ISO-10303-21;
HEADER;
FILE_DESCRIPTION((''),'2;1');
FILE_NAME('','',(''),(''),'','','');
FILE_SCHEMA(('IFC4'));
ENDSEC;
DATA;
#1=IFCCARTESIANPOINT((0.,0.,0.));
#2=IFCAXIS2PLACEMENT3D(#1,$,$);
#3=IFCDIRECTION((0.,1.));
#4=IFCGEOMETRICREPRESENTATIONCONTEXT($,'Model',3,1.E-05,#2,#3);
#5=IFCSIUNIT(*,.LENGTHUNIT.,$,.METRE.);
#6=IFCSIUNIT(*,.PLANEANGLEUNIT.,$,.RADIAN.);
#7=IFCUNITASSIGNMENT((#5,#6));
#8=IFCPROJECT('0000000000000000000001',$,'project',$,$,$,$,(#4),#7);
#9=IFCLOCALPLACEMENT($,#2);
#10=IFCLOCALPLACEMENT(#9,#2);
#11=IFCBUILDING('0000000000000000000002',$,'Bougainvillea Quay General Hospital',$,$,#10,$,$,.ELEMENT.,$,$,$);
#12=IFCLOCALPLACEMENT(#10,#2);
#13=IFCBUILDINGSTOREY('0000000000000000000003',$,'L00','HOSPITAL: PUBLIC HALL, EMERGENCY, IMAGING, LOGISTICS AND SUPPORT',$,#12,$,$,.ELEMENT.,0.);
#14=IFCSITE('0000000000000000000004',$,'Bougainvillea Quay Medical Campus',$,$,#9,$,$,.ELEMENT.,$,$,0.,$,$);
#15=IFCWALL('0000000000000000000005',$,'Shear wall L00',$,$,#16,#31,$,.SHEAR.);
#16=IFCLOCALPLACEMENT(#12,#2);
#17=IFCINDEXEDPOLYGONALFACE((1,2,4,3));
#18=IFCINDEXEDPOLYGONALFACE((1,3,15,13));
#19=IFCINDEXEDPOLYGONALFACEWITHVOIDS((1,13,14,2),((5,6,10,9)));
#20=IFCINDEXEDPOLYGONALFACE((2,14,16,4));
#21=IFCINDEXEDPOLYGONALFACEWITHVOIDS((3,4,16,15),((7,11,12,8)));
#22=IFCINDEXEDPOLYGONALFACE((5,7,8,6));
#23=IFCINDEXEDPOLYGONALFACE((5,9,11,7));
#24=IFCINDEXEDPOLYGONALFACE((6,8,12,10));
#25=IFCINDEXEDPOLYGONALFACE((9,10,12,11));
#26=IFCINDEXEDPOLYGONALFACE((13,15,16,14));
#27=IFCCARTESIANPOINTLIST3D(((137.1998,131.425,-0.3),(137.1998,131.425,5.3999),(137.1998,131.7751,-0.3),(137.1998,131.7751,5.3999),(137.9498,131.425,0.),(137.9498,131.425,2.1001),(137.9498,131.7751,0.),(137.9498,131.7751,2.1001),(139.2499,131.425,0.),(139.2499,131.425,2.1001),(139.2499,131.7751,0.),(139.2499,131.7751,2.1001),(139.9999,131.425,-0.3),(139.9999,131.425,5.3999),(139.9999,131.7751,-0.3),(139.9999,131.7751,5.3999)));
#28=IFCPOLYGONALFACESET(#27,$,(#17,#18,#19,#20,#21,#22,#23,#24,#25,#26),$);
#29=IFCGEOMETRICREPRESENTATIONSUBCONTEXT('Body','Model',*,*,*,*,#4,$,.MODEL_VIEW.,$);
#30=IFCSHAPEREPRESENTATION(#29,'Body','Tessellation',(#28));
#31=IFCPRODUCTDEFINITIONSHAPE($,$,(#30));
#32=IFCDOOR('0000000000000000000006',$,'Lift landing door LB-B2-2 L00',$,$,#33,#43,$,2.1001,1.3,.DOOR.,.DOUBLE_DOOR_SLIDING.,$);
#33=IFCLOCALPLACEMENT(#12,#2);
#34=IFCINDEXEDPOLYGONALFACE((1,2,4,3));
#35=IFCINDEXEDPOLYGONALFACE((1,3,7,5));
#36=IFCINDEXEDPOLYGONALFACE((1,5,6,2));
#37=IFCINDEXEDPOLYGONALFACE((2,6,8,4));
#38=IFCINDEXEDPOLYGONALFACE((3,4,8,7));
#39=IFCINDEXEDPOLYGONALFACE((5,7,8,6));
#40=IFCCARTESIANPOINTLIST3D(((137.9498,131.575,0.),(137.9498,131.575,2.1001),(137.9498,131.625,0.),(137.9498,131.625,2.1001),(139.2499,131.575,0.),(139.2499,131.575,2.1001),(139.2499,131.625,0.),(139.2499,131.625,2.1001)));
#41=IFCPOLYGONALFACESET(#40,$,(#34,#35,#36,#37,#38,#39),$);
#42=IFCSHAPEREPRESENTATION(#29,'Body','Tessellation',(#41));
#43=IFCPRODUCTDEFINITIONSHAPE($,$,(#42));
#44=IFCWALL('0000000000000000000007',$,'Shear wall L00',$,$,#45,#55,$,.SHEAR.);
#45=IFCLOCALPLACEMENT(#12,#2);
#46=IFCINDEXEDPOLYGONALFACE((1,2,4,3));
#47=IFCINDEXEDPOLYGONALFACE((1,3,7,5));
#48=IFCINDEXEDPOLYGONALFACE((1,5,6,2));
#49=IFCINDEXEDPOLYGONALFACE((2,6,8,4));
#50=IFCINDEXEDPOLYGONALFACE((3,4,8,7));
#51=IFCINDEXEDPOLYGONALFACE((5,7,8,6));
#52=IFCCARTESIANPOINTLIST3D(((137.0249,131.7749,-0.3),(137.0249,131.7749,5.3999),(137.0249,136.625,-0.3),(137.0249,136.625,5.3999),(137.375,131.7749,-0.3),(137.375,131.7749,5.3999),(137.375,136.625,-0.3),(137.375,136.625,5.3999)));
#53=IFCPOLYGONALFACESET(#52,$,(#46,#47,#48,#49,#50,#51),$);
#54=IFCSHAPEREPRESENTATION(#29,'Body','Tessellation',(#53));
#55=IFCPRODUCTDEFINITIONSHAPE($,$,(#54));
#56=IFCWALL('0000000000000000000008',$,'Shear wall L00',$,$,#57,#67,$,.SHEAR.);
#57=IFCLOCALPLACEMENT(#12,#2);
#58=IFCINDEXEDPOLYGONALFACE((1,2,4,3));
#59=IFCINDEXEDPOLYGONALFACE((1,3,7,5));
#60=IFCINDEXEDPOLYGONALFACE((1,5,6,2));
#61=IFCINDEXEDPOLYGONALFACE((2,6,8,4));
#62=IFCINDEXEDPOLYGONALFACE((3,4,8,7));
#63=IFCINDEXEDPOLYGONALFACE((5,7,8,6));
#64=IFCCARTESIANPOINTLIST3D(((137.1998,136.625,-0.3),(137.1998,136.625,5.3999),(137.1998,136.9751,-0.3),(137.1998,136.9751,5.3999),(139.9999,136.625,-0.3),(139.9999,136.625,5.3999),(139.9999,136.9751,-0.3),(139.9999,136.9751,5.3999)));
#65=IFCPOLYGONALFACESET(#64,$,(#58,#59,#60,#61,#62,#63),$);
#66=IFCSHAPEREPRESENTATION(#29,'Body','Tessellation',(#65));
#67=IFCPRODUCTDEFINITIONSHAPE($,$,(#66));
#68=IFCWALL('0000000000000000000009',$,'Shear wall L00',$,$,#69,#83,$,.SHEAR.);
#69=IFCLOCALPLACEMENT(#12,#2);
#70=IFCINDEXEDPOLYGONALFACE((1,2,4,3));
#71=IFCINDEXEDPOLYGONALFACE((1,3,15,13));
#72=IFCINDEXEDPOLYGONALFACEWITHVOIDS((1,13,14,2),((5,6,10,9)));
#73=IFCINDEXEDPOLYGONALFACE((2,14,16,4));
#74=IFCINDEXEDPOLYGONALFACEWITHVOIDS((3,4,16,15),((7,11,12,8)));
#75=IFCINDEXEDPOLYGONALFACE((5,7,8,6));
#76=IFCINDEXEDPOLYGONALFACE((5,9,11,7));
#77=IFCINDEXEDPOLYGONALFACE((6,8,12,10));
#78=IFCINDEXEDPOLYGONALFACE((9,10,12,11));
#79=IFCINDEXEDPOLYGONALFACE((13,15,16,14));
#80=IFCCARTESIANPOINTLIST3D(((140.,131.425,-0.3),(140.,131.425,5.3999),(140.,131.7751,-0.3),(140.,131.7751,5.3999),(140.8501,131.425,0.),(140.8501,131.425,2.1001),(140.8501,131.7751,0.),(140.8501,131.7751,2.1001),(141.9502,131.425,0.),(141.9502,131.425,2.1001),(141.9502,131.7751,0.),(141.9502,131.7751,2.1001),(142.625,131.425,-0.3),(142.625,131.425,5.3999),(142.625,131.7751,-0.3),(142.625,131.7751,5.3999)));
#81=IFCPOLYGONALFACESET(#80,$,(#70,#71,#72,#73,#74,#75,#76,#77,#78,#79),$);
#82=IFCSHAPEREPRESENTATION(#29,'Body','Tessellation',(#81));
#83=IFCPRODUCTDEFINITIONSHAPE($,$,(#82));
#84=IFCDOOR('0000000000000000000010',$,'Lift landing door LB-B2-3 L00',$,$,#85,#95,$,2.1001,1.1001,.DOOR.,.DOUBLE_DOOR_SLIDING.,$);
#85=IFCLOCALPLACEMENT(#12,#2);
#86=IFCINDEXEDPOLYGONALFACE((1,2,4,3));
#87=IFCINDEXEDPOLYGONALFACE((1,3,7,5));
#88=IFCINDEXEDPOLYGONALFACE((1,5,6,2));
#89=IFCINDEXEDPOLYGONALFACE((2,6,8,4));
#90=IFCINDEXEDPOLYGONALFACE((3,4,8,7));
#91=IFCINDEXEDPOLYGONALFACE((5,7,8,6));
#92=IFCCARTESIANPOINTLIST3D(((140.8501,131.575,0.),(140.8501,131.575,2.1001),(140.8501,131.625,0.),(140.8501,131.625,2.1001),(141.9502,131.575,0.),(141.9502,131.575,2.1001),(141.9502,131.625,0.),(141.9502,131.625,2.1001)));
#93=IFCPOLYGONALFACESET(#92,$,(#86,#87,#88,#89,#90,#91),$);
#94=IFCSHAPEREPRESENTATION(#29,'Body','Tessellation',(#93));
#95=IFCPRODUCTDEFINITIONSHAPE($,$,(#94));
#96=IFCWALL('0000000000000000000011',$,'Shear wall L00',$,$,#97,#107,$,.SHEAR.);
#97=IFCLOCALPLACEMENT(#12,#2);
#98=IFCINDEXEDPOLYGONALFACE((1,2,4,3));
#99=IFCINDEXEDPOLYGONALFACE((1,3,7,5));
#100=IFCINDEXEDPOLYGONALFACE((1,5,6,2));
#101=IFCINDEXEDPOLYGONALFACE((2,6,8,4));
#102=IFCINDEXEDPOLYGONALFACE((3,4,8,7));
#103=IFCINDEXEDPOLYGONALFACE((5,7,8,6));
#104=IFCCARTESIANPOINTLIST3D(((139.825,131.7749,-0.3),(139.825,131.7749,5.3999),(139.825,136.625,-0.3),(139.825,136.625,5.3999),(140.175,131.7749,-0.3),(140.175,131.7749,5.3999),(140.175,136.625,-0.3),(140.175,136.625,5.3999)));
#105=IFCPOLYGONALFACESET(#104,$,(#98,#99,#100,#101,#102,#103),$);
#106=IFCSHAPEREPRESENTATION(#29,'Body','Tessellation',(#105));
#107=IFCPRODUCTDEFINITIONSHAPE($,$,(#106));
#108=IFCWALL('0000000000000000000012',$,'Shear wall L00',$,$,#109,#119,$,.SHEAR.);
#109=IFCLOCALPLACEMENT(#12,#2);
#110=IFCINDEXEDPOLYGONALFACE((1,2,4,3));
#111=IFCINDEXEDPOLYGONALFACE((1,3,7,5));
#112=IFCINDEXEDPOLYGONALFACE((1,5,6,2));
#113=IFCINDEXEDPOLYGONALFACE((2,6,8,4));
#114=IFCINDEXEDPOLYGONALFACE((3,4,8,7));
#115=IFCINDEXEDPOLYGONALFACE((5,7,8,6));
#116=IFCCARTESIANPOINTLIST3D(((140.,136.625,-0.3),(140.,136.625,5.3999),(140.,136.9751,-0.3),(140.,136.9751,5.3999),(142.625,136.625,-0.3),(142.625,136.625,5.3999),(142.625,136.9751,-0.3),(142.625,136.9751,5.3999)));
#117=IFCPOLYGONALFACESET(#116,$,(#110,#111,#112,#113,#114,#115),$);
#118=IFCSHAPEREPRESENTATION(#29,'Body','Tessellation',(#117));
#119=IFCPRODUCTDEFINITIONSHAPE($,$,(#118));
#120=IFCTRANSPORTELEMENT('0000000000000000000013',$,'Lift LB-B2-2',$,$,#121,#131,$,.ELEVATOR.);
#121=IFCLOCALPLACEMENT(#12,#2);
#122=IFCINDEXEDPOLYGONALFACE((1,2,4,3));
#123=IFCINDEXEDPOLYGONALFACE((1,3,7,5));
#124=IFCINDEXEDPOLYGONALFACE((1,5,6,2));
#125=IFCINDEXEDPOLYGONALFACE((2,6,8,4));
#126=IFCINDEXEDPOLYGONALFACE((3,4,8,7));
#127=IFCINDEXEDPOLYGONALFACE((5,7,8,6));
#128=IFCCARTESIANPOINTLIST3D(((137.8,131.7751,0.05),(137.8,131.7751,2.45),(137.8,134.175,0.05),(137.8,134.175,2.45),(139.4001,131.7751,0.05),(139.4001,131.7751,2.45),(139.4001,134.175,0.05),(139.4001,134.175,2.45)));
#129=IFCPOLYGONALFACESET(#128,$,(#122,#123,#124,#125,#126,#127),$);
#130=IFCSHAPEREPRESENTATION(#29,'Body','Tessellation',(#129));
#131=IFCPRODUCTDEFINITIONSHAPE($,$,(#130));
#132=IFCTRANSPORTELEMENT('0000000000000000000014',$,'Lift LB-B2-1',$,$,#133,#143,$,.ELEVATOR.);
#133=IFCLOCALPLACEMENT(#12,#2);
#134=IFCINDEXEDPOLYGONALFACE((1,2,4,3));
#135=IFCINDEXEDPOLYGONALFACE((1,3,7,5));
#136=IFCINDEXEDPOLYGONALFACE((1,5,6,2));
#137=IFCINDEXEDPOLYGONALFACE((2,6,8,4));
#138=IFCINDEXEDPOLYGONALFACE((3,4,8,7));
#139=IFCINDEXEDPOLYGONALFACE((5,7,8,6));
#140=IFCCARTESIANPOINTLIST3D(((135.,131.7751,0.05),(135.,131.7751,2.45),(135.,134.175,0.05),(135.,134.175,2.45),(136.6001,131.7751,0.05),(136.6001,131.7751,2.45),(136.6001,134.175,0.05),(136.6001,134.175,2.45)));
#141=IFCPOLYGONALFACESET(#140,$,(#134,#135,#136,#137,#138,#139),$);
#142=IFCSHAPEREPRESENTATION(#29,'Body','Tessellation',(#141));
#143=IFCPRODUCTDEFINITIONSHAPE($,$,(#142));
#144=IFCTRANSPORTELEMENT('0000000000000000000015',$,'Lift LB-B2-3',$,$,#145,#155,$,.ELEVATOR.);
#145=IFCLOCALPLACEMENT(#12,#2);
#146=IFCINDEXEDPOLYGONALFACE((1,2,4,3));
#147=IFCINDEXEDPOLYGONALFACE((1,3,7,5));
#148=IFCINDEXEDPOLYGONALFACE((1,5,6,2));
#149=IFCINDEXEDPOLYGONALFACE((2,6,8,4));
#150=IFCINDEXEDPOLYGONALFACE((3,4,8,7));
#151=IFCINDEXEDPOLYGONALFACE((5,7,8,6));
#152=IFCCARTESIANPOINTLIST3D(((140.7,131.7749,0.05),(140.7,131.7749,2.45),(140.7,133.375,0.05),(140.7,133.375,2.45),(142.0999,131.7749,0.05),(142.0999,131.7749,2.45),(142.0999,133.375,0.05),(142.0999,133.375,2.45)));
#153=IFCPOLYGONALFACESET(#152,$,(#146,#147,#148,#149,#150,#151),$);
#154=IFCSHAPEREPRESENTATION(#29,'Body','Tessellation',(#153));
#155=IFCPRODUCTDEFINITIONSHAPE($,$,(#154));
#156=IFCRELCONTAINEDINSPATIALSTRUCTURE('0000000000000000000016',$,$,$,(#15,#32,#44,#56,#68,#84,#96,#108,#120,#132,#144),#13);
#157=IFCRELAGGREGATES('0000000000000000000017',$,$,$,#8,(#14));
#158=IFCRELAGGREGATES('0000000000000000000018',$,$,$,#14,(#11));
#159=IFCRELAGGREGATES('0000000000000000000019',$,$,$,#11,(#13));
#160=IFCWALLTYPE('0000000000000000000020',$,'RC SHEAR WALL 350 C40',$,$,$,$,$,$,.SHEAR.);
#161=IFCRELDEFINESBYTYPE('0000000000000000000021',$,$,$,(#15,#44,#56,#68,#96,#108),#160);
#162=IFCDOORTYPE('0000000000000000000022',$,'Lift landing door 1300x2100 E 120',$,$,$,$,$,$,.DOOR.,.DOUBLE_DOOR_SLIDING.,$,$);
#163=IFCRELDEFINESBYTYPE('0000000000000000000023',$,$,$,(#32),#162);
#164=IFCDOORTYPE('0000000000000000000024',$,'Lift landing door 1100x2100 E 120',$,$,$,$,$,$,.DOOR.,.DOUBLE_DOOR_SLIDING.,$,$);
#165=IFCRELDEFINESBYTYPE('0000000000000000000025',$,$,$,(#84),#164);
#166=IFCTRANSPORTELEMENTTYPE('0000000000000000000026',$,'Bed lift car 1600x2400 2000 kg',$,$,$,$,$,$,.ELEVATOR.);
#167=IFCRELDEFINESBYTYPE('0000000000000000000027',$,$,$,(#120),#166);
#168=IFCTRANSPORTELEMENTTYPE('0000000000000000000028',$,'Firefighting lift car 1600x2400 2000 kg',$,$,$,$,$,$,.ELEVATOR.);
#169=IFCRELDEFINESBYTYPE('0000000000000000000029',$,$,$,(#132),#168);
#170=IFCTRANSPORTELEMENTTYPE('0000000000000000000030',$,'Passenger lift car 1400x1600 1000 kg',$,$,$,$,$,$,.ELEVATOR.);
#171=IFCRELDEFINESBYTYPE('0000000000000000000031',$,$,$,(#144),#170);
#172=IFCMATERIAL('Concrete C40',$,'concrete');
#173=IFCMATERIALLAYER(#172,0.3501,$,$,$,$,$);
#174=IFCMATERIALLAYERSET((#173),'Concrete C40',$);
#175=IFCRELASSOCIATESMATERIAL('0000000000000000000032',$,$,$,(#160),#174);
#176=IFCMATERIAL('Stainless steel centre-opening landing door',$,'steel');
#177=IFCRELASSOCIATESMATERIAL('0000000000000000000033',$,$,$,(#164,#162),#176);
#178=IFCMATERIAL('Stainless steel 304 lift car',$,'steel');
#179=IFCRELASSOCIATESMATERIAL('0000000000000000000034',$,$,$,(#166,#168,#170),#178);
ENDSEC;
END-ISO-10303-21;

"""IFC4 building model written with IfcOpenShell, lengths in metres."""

from ifc_helpers import new_model, si_unit, direction, frame, frame_2d, origin, origin_2d, place, context, subcontext, project, spatial, rectangle, extrude, material, layer, layer_set, type_object, element, fill, save


model = new_model("IFC4")

# Units and contexts
model_context = context("Model", 3, precision=1e-05, world=origin(), true_north=direction((0.0, 1.0)))
body_context = subcontext(model_context, "Body", "Model", "MODEL_VIEW")
ifc_project = project(units=[si_unit("LENGTHUNIT", "METRE"), si_unit("PLANEANGLEUNIT", "RADIAN")], contexts=[model_context])

# Site, building, storey
site_placement = place(None, origin())
site = spatial("IfcSite", under=ifc_project, at=site_placement, Name="Bougainvillea Quay Medical Campus", CompositionType="ELEMENT", RefElevation=0.0)
building_placement = place(site_placement, origin())
building = spatial("IfcBuilding", under=site, at=building_placement, Name="Bougainvillea Quay General Hospital", CompositionType="ELEMENT")
storey_placement = place(building_placement, origin())
storey = spatial("IfcBuildingStorey", under=building, at=storey_placement, Name="L00", Description="HOSPITAL: PUBLIC HALL, EMERGENCY, IMAGING, LOGISTICS AND SUPPORT", CompositionType="ELEMENT", Elevation=0.0)

# Shared definitions
ifc_material_1 = material(Name="Concrete C40", Category="concrete")

# Shared definitions
ifc_layer_1 = layer(ifc_material_1, 0.3501)
ifc_layer_set_1 = layer_set([ifc_layer_1], Name="Concrete C40")
wall_type_1 = type_object("IfcWallType", Name="RC SHEAR WALL 350 C40", PredefinedType="SHEAR", material=ifc_layer_set_1)

# Wall, opening, door
ifc_material_2 = material(Name="Stainless steel centre-opening landing door", Category="steel")
door_type_1 = type_object("IfcDoorType", Name="Lift landing door 1100x2100 E 120", OperationType="DOUBLE_DOOR_SLIDING", PredefinedType="DOOR", material=ifc_material_2)
wall_1_placement = place(storey_placement, frame((137.2, 131.6001, -0.3), z_axis=(0.0, 0.0, 1.0), x_axis=(1.0, 0.0, 0.0)))
wall_1 = element("IfcWall", 1, at=wall_1_placement, inside=storey, type_object=wall_type_1, Name="Shear wall L00", PredefinedType="SHEAR", context=body_context, shape_type="SweptSolid", body=[
    extrude(rectangle(XDim=2.8, YDim=0.3501, at=frame_2d((1.3999, 0.0))), origin(), (0.0, 0.0, 1.0), 5.7),
])
opening_1_placement = place(wall_1_placement, frame((0.75, 0.0, 0.3)))
opening_1 = element("IfcOpeningElement", 2, at=opening_1_placement, cuts=wall_1, PredefinedType="OPENING", context=body_context, shape_type="SweptSolid", body=[
    extrude(rectangle(XDim=1.3, YDim=2.1001, at=frame_2d((0.6499, 1.05))), frame((0.0, 0.1851, 0.0), z_axis=(0.0, -1.0, 0.0), x_axis=(1.0, 0.0, 0.0)), (0.0, 0.0, 1.0), 0.3701),
])
door_type_2 = type_object("IfcDoorType", Name="Lift landing door 1300x2100 E 120", OperationType="DOUBLE_DOOR_SLIDING", PredefinedType="DOOR", material=ifc_material_2)
door_1_placement = place(opening_1_placement, origin())
door_1 = element("IfcDoor", 3, at=door_1_placement, inside=storey, type_object=door_type_2, Name="Lift landing door LB-B2-2 L00", OperationType="DOUBLE_DOOR_SLIDING", OverallHeight=2.1001, OverallWidth=1.3, PredefinedType="DOOR", context=body_context, shape_type="SweptSolid", body=[
    extrude(rectangle(XDim=1.3, YDim=2.1001, at=frame_2d((0.6499, 1.05))), frame((0.0, 0.0249, 0.0), z_axis=(0.0, -1.0, 0.0), x_axis=(1.0, 0.0, 0.0)), (0.0, 0.0, 1.0), 0.05),
])
fill(opening_1, door_1)

# Walls
wall_2_placement = place(storey_placement, frame((137.2, 131.7749, -0.3), z_axis=(0.0, 0.0, 1.0), x_axis=(0.0, 1.0, 0.0)))
element("IfcWall", 4, at=wall_2_placement, inside=storey, type_object=wall_type_1, Name="Shear wall L00", PredefinedType="SHEAR", context=body_context, shape_type="SweptSolid", body=[
    extrude(rectangle(XDim=4.8501, YDim=0.3501, at=frame_2d((2.425, 0.0))), origin(), (0.0, 0.0, 1.0), 5.7),
])
wall_3_placement = place(storey_placement, frame((137.2, 136.8, -0.3), z_axis=(0.0, 0.0, 1.0), x_axis=(1.0, 0.0, 0.0)))
element("IfcWall", 5, at=wall_3_placement, inside=storey, type_object=wall_type_1, Name="Shear wall L00", PredefinedType="SHEAR", context=body_context, shape_type="SweptSolid", body=[
    extrude(rectangle(XDim=2.8, YDim=0.3501, at=frame_2d((1.3999, 0.0))), origin(), (0.0, 0.0, 1.0), 5.7),
])

# Wall, opening, door
wall_4_placement = place(storey_placement, frame((140.0, 131.6001, -0.3), z_axis=(0.0, 0.0, 1.0), x_axis=(1.0, 0.0, 0.0)))
wall_4 = element("IfcWall", 6, at=wall_4_placement, inside=storey, type_object=wall_type_1, Name="Shear wall L00", PredefinedType="SHEAR", context=body_context, shape_type="SweptSolid", body=[
    extrude(rectangle(XDim=2.625, YDim=0.3501, at=frame_2d((1.3125, 0.0))), origin(), (0.0, 0.0, 1.0), 5.7),
])
opening_2_placement = place(wall_4_placement, frame((0.8501, 0.0, 0.3)))
opening_2 = element("IfcOpeningElement", 7, at=opening_2_placement, cuts=wall_4, PredefinedType="OPENING", context=body_context, shape_type="SweptSolid", body=[
    extrude(rectangle(XDim=1.1001, YDim=2.1001, at=frame_2d((0.55, 1.05))), frame((0.0, 0.1851, 0.0), z_axis=(0.0, -1.0, 0.0), x_axis=(1.0, 0.0, 0.0)), (0.0, 0.0, 1.0), 0.3701),
])
door_2_placement = place(opening_2_placement, origin())
door_2 = element("IfcDoor", 8, at=door_2_placement, inside=storey, type_object=door_type_1, Name="Lift landing door LB-B2-3 L00", OperationType="DOUBLE_DOOR_SLIDING", OverallHeight=2.1001, OverallWidth=1.1001, PredefinedType="DOOR", context=body_context, shape_type="SweptSolid", body=[
    extrude(rectangle(XDim=1.1001, YDim=2.1001, at=frame_2d((0.55, 1.05))), frame((0.0, 0.0249, 0.0), z_axis=(0.0, -1.0, 0.0), x_axis=(1.0, 0.0, 0.0)), (0.0, 0.0, 1.0), 0.05),
])
fill(opening_2, door_2)

# Walls
wall_5_placement = place(storey_placement, frame((140.0, 131.7749, -0.3), z_axis=(0.0, 0.0, 1.0), x_axis=(0.0, 1.0, 0.0)))
element("IfcWall", 9, at=wall_5_placement, inside=storey, type_object=wall_type_1, Name="Shear wall L00", PredefinedType="SHEAR", context=body_context, shape_type="SweptSolid", body=[
    extrude(rectangle(XDim=4.8501, YDim=0.3501, at=frame_2d((2.425, 0.0))), origin(), (0.0, 0.0, 1.0), 5.7),
])
wall_6_placement = place(storey_placement, frame((140.0, 136.8, -0.3), z_axis=(0.0, 0.0, 1.0), x_axis=(1.0, 0.0, 0.0)))
element("IfcWall", 10, at=wall_6_placement, inside=storey, type_object=wall_type_1, Name="Shear wall L00", PredefinedType="SHEAR", context=body_context, shape_type="SweptSolid", body=[
    extrude(rectangle(XDim=2.625, YDim=0.3501, at=frame_2d((1.3125, 0.0))), origin(), (0.0, 0.0, 1.0), 5.7),
])

# Transport elements
ifc_material_3 = material(Name="Stainless steel 304 lift car", Category="steel")
transport_element_type_1 = type_object("IfcTransportElementType", Name="Bed lift car 1600x2400 2000 kg", PredefinedType="ELEVATOR", material=ifc_material_3)
transport_element_1_placement = place(storey_placement, frame((138.6001, 132.9751, 0.05), z_axis=(0.0, 0.0, 1.0), x_axis=(1.0, 0.0, 0.0)))
element("IfcTransportElement", 11, at=transport_element_1_placement, inside=storey, type_object=transport_element_type_1, Name="Lift LB-B2-2", PredefinedType="ELEVATOR", context=body_context, shape_type="SweptSolid", body=[
    extrude(rectangle(XDim=1.6001, YDim=2.3999, at=origin_2d()), origin(), (0.0, 0.0, 1.0), 2.3999),
])
transport_element_type_2 = type_object("IfcTransportElementType", Name="Firefighting lift car 1600x2400 2000 kg", PredefinedType="ELEVATOR", material=ifc_material_3)
transport_element_2_placement = place(storey_placement, frame((135.8, 132.9751, 0.05), z_axis=(0.0, 0.0, 1.0), x_axis=(1.0, 0.0, 0.0)))
element("IfcTransportElement", 12, at=transport_element_2_placement, inside=storey, type_object=transport_element_type_2, Name="Lift LB-B2-1", PredefinedType="ELEVATOR", context=body_context, shape_type="SweptSolid", body=[
    extrude(rectangle(XDim=1.6001, YDim=2.3999, at=origin_2d()), origin(), (0.0, 0.0, 1.0), 2.3999),
])
transport_element_type_3 = type_object("IfcTransportElementType", Name="Passenger lift car 1400x1600 1000 kg", PredefinedType="ELEVATOR", material=ifc_material_3)
transport_element_3_placement = place(storey_placement, frame((141.3999, 132.575, 0.05), z_axis=(0.0, 0.0, 1.0), x_axis=(1.0, 0.0, 0.0)))
element("IfcTransportElement", 13, at=transport_element_3_placement, inside=storey, type_object=transport_element_type_3, Name="Lift LB-B2-3", PredefinedType="ELEVATOR", context=body_context, shape_type="SweptSolid", body=[
    extrude(rectangle(XDim=1.3999, YDim=1.6001, at=origin_2d()), origin(), (0.0, 0.0, 1.0), 2.3999),
])

save(model, "model.ifc")
